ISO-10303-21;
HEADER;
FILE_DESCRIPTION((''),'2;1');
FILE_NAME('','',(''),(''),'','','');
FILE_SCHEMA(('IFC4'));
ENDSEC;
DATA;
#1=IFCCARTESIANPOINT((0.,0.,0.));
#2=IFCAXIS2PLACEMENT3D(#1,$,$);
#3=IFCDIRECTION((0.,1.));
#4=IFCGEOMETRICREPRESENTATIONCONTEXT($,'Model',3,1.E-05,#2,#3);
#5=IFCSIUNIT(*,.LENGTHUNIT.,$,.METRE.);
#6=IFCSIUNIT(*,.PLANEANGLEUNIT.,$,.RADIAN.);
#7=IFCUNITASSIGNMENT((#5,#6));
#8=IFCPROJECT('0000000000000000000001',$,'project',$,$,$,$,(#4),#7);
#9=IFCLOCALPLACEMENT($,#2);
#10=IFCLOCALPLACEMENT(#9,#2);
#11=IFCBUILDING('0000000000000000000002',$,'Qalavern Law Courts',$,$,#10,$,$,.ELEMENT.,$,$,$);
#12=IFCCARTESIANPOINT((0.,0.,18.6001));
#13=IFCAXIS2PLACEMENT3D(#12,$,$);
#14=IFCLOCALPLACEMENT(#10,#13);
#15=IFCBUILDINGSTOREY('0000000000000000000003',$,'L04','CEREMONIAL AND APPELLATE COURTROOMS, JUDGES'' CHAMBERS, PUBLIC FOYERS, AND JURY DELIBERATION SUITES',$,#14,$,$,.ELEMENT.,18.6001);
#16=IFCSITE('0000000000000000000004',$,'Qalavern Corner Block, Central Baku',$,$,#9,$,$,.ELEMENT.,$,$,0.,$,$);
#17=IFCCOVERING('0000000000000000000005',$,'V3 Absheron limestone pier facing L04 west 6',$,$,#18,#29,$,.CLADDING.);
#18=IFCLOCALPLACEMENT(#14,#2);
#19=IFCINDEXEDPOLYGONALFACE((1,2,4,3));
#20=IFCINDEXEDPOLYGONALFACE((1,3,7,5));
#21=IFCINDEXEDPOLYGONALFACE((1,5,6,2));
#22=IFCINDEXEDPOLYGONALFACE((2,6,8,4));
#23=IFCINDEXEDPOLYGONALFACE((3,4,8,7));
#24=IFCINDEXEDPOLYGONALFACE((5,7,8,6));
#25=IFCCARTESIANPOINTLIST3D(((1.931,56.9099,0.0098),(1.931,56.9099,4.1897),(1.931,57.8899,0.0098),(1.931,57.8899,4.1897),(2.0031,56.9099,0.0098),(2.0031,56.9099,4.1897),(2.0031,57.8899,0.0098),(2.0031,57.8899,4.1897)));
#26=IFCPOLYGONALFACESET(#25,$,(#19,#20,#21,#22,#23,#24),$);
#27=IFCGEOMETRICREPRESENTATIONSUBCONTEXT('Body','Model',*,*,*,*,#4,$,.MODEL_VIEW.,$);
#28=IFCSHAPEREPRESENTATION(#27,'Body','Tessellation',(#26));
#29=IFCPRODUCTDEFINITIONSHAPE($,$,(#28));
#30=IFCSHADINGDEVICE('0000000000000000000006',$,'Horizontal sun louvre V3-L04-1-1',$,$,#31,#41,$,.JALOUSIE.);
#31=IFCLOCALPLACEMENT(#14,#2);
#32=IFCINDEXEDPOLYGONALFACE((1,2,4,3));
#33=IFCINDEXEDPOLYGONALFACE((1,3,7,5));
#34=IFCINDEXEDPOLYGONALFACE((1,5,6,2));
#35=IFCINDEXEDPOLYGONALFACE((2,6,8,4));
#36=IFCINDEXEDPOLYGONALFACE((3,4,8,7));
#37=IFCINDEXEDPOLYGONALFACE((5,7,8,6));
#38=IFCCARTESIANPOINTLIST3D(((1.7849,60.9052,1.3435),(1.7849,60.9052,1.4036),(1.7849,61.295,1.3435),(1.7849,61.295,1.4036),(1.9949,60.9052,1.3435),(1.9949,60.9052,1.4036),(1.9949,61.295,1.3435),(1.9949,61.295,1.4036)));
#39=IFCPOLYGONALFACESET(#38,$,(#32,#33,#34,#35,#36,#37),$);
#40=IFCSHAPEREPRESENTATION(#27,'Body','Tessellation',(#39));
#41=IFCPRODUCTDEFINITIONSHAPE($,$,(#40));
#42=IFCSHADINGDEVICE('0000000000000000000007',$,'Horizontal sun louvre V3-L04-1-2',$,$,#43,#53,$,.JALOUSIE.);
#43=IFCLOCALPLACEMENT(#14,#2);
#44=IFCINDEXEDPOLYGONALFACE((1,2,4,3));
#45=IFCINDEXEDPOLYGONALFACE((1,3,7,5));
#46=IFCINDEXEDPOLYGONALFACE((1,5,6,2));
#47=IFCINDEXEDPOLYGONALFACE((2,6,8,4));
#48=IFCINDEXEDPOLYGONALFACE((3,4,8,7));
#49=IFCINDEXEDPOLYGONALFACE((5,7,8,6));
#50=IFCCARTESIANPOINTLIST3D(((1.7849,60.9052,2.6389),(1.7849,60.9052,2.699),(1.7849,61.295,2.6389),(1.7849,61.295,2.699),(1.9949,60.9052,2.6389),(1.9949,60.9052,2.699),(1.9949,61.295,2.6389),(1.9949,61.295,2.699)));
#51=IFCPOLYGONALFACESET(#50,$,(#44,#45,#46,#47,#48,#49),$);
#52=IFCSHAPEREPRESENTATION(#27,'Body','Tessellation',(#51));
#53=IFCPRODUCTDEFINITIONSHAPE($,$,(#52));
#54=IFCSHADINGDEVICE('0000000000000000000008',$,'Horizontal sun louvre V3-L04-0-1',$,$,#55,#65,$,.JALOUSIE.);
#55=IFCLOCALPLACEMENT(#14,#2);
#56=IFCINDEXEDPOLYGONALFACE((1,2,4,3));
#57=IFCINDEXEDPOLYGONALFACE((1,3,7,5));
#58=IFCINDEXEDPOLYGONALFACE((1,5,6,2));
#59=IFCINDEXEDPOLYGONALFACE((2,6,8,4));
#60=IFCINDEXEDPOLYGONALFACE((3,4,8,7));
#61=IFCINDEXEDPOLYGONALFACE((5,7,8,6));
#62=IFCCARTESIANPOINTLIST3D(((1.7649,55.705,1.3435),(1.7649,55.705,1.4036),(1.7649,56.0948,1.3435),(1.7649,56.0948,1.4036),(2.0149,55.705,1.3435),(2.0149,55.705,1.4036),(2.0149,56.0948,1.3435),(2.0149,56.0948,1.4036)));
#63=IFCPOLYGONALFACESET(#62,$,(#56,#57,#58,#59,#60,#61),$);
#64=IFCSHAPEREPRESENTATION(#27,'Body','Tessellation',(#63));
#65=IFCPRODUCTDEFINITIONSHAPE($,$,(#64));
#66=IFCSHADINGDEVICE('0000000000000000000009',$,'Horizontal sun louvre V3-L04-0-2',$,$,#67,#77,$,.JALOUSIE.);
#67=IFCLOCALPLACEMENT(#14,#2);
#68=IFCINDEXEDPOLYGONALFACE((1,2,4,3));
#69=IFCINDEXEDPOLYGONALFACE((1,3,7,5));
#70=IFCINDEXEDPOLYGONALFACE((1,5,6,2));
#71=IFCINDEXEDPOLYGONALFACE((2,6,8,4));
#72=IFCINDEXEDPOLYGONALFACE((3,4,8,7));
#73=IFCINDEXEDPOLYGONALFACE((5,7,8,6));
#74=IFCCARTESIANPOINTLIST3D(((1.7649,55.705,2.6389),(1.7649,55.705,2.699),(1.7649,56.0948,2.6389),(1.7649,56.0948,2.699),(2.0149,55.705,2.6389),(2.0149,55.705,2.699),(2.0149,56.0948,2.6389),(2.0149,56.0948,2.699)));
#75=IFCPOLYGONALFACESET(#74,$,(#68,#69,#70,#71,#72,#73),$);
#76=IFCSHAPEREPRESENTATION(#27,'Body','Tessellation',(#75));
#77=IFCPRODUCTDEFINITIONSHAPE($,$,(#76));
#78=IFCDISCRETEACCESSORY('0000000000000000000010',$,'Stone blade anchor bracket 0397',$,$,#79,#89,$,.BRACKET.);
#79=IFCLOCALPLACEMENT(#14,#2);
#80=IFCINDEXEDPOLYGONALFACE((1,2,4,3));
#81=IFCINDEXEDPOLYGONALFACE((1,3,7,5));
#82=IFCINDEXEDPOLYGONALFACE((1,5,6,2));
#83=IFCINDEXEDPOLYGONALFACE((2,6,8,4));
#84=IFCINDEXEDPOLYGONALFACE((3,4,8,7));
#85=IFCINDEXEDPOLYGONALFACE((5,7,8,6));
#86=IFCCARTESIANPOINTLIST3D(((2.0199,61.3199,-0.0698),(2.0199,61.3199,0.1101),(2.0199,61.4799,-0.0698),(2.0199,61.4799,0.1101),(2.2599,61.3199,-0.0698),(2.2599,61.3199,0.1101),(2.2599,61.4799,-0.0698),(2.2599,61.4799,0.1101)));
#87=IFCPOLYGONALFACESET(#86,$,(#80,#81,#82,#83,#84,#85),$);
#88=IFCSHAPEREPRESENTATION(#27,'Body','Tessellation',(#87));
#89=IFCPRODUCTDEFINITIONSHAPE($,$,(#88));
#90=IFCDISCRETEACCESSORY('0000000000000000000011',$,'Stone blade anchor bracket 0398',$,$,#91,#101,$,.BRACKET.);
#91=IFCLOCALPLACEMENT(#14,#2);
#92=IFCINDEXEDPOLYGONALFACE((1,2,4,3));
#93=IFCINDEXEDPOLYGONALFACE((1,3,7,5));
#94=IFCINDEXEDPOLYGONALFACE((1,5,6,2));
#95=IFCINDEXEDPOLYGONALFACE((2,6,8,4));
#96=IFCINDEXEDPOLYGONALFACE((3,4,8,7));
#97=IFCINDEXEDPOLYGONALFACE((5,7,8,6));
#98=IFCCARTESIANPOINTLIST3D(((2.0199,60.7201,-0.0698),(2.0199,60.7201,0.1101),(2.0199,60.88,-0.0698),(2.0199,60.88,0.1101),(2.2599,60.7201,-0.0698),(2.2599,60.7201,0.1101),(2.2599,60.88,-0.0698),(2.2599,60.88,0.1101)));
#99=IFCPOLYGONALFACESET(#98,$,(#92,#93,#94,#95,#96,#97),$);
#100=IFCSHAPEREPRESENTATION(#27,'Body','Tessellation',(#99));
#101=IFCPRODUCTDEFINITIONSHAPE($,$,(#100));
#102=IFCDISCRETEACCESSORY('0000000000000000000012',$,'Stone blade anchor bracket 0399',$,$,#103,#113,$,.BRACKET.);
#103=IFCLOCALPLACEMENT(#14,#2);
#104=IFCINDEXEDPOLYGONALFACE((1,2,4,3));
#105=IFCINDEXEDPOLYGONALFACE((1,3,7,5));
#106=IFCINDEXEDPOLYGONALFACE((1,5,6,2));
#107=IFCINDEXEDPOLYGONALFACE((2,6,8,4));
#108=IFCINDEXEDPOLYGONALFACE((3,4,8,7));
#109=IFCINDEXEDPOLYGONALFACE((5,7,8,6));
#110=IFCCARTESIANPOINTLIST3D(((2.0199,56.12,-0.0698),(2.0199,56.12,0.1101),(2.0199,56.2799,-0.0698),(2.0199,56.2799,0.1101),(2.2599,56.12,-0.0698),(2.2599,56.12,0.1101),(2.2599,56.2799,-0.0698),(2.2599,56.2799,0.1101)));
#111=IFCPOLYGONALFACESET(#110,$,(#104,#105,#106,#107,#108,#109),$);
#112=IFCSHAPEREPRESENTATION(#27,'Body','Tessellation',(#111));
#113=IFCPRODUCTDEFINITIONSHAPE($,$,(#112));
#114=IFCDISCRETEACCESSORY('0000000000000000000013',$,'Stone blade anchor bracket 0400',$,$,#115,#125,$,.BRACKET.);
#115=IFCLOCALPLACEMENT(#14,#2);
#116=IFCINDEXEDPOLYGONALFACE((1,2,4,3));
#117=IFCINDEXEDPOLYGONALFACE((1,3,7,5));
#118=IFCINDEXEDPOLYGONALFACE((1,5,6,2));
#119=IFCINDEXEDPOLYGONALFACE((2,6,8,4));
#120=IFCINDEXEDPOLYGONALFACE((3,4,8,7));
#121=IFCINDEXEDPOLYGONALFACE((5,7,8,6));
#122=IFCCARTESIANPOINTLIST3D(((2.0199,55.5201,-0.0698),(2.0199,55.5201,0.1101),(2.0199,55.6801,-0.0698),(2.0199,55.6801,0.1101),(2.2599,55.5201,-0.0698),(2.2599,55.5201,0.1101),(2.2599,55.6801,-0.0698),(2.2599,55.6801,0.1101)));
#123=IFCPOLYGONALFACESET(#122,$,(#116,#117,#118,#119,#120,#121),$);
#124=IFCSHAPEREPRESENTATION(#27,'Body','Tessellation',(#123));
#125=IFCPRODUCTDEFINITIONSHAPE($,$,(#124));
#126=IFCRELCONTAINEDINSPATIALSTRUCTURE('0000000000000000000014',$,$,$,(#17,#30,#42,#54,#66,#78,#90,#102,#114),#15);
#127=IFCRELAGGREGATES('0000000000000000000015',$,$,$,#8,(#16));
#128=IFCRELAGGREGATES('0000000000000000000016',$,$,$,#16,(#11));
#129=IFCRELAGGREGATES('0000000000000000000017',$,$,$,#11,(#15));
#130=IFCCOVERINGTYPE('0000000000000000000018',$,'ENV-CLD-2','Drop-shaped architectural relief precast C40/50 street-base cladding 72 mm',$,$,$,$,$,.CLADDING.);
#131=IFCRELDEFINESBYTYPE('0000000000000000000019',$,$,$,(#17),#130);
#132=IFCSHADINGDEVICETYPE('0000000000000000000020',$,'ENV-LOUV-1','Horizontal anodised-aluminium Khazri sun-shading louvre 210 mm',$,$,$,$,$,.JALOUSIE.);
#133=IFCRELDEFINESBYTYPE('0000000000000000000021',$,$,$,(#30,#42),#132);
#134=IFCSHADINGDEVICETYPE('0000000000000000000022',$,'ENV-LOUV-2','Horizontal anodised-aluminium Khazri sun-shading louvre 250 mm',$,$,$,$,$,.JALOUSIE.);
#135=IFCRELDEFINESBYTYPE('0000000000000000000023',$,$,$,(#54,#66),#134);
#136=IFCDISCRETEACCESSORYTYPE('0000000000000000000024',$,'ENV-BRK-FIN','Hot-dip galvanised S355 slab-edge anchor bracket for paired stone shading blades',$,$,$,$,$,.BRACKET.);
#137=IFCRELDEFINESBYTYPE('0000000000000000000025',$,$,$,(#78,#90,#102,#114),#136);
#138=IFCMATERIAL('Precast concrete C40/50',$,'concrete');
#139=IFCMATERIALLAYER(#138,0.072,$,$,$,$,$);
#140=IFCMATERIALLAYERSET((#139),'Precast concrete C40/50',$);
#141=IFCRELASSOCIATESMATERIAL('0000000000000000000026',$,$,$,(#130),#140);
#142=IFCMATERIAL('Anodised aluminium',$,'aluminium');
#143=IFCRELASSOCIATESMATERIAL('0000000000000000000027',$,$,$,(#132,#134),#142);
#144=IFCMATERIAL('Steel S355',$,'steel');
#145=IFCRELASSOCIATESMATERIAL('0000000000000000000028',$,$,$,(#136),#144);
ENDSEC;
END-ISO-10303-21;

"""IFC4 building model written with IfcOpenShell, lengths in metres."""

from ifc_helpers import new_model, si_unit, direction, frame, origin, origin_2d, place, context, subcontext, project, spatial, rectangle, extrude, material, layer, layer_set, type_object, element, save


model = new_model("IFC4")

# Units and contexts
model_context = context("Model", 3, precision=1e-05, world=origin(), true_north=direction((0.0, 1.0)))
body_context = subcontext(model_context, "Body", "Model", "MODEL_VIEW")
ifc_project = project(units=[si_unit("LENGTHUNIT", "METRE"), si_unit("PLANEANGLEUNIT", "RADIAN")], contexts=[model_context])

# Site, building, storey
site_placement = place(None, origin())
site = spatial("IfcSite", under=ifc_project, at=site_placement, Name="Qalavern Corner Block, Central Baku", CompositionType="ELEMENT", RefElevation=0.0)
building_placement = place(site_placement, origin())
building = spatial("IfcBuilding", under=site, at=building_placement, Name="Qalavern Law Courts", CompositionType="ELEMENT")
storey_placement = place(building_placement, frame((0.0, 0.0, 18.6001)))
storey = spatial("IfcBuildingStorey", under=building, at=storey_placement, Name="L04", Description="CEREMONIAL AND APPELLATE COURTROOMS, JUDGES' CHAMBERS, PUBLIC FOYERS, AND JURY DELIBERATION SUITES", CompositionType="ELEMENT", Elevation=18.6001)

# Shared definitions
ifc_material_1 = material(Name="Anodised aluminium", Category="aluminium")

# Covering
ifc_material_2 = material(Name="Precast concrete C40/50", Category="concrete")
ifc_layer_1 = layer(ifc_material_2, 0.072)
ifc_layer_set_1 = layer_set([ifc_layer_1], Name="Precast concrete C40/50")
covering_type_1 = type_object("IfcCoveringType", Name="ENV-CLD-2", Description="Drop-shaped architectural relief precast C40/50 street-base cladding 72 mm", PredefinedType="CLADDING", material=ifc_layer_set_1)
covering_placement = place(storey_placement, frame((1.967, 57.3999, 0.0098), z_axis=(0.0, 0.0, 1.0), x_axis=(0.0, -1.0, 0.0)))
element("IfcCovering", 1, at=covering_placement, inside=storey, type_object=covering_type_1, Name="V3 Absheron limestone pier facing L04 west 6", PredefinedType="CLADDING", context=body_context, shape_type="SweptSolid", body=[
    extrude(rectangle(XDim=0.98, YDim=0.072, at=origin_2d()), origin(), (0.0, 0.0, 1.0), 4.1799),
])

# Shading devices
shading_device_type_1 = type_object("IfcShadingDeviceType", Name="ENV-LOUV-1", Description="Horizontal anodised-aluminium Khazri sun-shading louvre 210 mm", PredefinedType="JALOUSIE", material=ifc_material_1)
for number, where, z_axis, x_axis, name in (
    (2, (1.8899, 61.1001, 1.3435), (0.0, 0.0, 1.0), (0.0, -1.0, 0.0), "Horizontal sun louvre V3-L04-1-1"),
    (3, (1.8899, 61.1001, 2.6389), (0.0, 0.0, 1.0), (0.0, -1.0, 0.0), "Horizontal sun louvre V3-L04-1-2"),
):
    element("IfcShadingDevice", number, at=place(storey_placement, frame(where, z_axis=z_axis, x_axis=x_axis)), inside=storey, type_object=shading_device_type_1, Name=name, PredefinedType="JALOUSIE", context=body_context, shape_type="SweptSolid", body=[
        extrude(rectangle(XDim=0.3899, YDim=0.21, at=origin_2d()), origin(), (0.0, 0.0, 1.0), 0.0601),
    ])
shading_device_type_2 = type_object("IfcShadingDeviceType", Name="ENV-LOUV-2", Description="Horizontal anodised-aluminium Khazri sun-shading louvre 250 mm", PredefinedType="JALOUSIE", material=ifc_material_1)
for number, where, z_axis, x_axis, name in (
    (4, (1.8899, 55.8999, 1.3435), (0.0, 0.0, 1.0), (0.0, -1.0, 0.0), "Horizontal sun louvre V3-L04-0-1"),
    (5, (1.8899, 55.8999, 2.6389), (0.0, 0.0, 1.0), (0.0, -1.0, 0.0), "Horizontal sun louvre V3-L04-0-2"),
):
    element("IfcShadingDevice", number, at=place(storey_placement, frame(where, z_axis=z_axis, x_axis=x_axis)), inside=storey, type_object=shading_device_type_2, Name=name, PredefinedType="JALOUSIE", context=body_context, shape_type="SweptSolid", body=[
        extrude(rectangle(XDim=0.3899, YDim=0.25, at=origin_2d()), origin(), (0.0, 0.0, 1.0), 0.0601),
    ])

# Discrete accessories
ifc_material_3 = material(Name="Steel S355", Category="steel")
discrete_accessory_type = type_object("IfcDiscreteAccessoryType", Name="ENV-BRK-FIN", Description="Hot-dip galvanised S355 slab-edge anchor bracket for paired stone shading blades", PredefinedType="BRACKET", material=ifc_material_3)
for number, where, z_axis, x_axis, name in (
    (6, (2.1399, 61.3999, -0.0698), (0.0, 0.0, 1.0), (-1.0, 0.0, 0.0), "Stone blade anchor bracket 0397"),
    (7, (2.1399, 60.8, -0.0698), (0.0, 0.0, 1.0), (-1.0, 0.0, 0.0), "Stone blade anchor bracket 0398"),
    (8, (2.1399, 56.2, -0.0698), (0.0, 0.0, 1.0), (-1.0, 0.0, 0.0), "Stone blade anchor bracket 0399"),
    (9, (2.1399, 55.6001, -0.0698), (0.0, 0.0, 1.0), (-1.0, 0.0, 0.0), "Stone blade anchor bracket 0400"),
):
    element("IfcDiscreteAccessory", number, at=place(storey_placement, frame(where, z_axis=z_axis, x_axis=x_axis)), inside=storey, type_object=discrete_accessory_type, Name=name, PredefinedType="BRACKET", context=body_context, shape_type="SweptSolid", body=[
        extrude(rectangle(XDim=0.24, YDim=0.1599, at=origin_2d()), origin(), (0.0, 0.0, 1.0), 0.1799),
    ])

save(model, "model.ifc")
